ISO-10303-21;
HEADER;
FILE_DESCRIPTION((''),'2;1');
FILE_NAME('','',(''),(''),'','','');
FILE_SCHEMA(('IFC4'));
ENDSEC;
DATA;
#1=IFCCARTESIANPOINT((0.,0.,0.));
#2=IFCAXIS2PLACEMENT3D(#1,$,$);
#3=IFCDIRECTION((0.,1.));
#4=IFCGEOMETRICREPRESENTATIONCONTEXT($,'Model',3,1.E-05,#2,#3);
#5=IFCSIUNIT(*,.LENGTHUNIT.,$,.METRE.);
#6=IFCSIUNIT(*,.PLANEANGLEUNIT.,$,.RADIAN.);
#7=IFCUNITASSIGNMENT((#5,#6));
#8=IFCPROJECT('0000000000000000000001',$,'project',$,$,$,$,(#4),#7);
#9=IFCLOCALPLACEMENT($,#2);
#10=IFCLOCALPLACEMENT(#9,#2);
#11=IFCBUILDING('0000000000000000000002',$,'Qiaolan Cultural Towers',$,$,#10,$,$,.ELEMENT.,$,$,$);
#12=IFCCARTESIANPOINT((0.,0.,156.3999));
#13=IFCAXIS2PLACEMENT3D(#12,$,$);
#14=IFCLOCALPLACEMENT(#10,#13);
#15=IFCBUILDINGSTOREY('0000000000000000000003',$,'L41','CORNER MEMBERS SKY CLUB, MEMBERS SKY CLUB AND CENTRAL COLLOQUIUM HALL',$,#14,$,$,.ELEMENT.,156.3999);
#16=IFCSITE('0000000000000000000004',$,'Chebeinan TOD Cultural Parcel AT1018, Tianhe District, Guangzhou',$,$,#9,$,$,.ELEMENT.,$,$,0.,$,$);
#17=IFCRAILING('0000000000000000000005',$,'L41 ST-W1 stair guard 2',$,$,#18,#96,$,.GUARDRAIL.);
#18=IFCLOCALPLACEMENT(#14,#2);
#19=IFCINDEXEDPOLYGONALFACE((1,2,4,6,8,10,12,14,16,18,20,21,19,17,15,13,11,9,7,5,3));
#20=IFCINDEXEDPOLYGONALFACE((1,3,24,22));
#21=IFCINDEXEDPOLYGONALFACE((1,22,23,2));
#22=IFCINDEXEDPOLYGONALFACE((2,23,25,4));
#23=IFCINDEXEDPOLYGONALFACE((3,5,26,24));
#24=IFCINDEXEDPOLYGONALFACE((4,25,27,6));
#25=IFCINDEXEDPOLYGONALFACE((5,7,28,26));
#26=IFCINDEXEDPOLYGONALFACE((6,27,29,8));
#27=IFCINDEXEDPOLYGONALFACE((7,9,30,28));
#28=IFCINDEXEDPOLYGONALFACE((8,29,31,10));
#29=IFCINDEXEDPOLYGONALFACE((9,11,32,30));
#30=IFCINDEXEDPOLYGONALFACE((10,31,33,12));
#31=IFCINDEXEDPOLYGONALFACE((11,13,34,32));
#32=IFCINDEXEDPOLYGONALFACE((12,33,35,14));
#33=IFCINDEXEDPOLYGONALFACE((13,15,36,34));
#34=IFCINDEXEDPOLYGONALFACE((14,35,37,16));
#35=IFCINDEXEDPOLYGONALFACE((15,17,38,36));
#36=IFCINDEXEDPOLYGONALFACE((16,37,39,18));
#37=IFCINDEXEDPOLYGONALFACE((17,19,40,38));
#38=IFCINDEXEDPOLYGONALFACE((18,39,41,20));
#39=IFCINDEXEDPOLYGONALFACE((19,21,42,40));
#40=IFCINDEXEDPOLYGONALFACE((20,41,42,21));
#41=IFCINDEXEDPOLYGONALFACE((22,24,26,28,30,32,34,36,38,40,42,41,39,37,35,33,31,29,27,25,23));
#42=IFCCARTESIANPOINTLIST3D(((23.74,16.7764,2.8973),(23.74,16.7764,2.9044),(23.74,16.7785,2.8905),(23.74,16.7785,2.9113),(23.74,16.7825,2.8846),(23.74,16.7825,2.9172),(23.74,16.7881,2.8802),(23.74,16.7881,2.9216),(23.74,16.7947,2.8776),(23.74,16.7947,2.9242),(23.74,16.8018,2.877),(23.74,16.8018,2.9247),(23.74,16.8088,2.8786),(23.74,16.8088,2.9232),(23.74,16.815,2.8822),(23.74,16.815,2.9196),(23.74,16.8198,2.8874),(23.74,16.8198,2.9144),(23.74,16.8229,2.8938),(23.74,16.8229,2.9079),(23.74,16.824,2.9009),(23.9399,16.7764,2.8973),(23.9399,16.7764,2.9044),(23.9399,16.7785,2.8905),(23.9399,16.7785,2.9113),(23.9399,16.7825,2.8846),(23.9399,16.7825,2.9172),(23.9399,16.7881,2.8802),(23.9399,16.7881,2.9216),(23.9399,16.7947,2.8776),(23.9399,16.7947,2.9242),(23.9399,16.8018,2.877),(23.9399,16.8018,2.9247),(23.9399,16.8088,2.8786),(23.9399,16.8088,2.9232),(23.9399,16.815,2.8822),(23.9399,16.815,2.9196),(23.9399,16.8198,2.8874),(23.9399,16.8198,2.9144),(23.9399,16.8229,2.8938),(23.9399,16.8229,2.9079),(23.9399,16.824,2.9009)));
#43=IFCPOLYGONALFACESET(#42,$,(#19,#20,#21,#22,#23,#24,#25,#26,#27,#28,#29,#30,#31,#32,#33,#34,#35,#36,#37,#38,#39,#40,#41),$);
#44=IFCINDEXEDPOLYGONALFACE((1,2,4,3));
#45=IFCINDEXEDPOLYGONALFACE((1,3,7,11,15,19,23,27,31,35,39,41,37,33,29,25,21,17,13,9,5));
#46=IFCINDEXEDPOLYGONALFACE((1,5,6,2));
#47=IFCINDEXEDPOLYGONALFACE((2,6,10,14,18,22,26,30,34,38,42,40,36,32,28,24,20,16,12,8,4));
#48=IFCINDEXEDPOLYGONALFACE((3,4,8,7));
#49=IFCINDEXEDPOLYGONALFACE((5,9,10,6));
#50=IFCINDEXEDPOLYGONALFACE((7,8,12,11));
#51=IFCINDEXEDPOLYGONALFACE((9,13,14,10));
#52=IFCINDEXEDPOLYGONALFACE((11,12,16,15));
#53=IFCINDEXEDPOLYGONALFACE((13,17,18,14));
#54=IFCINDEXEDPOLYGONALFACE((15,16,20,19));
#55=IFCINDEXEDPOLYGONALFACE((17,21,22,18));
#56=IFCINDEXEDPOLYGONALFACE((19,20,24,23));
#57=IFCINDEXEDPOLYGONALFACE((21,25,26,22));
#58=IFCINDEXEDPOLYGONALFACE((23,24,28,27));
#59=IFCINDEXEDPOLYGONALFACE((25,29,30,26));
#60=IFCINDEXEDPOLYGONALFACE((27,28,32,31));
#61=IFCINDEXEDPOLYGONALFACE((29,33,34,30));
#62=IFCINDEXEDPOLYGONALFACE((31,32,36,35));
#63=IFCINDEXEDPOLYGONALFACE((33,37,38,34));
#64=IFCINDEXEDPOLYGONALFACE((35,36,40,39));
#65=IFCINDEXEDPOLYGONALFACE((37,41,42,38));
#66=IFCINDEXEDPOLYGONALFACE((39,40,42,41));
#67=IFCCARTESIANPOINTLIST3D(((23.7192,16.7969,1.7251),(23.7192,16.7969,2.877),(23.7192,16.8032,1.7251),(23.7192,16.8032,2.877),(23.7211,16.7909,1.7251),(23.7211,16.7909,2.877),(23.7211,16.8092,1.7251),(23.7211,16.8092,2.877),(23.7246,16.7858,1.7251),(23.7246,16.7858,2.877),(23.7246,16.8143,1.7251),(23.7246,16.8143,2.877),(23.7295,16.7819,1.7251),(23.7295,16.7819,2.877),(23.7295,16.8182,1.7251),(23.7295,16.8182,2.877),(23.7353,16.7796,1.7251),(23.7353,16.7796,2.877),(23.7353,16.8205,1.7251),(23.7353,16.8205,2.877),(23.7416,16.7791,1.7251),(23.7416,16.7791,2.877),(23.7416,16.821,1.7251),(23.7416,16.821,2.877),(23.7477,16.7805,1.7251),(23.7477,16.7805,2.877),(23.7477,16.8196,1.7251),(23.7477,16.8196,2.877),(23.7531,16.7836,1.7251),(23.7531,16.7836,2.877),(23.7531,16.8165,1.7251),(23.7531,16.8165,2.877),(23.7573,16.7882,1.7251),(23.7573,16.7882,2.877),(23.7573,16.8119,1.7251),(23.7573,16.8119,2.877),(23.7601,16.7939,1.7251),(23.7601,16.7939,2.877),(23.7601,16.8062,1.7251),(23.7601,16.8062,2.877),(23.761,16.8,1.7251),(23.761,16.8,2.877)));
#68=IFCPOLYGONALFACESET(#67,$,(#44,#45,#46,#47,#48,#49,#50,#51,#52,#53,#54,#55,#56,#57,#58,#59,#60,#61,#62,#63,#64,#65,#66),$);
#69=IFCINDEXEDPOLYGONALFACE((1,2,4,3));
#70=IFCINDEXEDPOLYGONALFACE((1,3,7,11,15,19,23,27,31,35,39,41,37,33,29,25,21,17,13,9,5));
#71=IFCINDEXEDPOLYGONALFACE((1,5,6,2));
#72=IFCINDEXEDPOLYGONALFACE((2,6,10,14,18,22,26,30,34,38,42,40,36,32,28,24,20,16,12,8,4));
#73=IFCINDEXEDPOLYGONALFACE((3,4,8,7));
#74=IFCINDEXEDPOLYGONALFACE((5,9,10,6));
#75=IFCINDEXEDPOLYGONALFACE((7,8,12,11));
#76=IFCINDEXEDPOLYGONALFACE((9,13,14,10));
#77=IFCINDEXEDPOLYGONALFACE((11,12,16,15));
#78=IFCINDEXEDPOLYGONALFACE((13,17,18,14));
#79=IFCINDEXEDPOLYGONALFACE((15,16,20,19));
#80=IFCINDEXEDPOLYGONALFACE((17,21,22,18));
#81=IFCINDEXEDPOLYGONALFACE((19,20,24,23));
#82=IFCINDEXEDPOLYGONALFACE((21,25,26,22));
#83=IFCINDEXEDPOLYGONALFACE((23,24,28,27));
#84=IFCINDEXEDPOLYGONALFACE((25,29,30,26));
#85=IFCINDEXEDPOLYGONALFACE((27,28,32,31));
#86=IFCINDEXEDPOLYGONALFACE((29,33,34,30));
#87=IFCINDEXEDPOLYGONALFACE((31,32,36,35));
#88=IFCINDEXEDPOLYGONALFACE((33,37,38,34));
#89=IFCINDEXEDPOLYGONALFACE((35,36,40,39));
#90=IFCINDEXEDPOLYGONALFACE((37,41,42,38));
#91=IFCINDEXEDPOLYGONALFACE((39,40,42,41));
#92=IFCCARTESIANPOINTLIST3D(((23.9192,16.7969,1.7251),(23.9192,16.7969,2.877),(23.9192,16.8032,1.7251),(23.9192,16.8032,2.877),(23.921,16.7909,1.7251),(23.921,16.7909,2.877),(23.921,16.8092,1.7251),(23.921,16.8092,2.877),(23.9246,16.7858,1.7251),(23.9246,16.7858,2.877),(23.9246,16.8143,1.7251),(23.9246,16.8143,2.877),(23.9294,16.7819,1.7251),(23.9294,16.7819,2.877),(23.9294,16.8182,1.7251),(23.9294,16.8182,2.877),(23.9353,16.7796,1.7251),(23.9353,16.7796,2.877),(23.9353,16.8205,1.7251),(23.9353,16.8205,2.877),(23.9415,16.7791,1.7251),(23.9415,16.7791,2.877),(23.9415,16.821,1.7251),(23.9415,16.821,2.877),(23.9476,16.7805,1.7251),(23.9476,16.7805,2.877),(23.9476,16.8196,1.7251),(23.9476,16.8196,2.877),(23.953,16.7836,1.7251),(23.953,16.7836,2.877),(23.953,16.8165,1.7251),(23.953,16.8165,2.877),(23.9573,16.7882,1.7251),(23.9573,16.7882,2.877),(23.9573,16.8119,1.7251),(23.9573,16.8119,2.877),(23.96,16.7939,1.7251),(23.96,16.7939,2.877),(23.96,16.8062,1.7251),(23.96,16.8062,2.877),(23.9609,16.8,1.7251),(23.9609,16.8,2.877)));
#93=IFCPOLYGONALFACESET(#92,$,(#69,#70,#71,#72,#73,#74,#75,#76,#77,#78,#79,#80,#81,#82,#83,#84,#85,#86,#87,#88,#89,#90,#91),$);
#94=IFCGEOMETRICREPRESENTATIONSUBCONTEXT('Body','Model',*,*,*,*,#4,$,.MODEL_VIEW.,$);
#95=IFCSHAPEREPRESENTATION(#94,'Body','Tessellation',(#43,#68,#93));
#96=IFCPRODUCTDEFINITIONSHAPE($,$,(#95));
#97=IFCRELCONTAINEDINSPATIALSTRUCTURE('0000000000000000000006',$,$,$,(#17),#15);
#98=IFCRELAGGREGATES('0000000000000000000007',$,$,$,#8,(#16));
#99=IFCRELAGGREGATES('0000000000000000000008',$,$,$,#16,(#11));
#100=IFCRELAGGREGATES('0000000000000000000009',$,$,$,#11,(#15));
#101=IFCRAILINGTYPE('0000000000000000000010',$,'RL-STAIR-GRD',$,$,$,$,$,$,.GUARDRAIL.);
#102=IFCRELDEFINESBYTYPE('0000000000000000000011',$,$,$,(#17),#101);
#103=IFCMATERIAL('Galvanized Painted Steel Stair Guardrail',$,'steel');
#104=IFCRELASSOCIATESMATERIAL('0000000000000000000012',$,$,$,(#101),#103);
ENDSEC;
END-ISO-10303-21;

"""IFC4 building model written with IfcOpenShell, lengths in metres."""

from ifc_helpers import new_model, si_unit, direction, frame, origin, origin_2d, place, context, subcontext, project, spatial, circle, extrude, material, type_object, element, save


model = new_model("IFC4")

# Units and contexts
model_context = context("Model", 3, precision=1e-05, world=origin(), true_north=direction((0.0, 1.0)))
body_context = subcontext(model_context, "Body", "Model", "MODEL_VIEW")
ifc_project = project(units=[si_unit("LENGTHUNIT", "METRE"), si_unit("PLANEANGLEUNIT", "RADIAN")], contexts=[model_context])

# Site, building, storey
site_placement = place(None, origin())
site = spatial("IfcSite", under=ifc_project, at=site_placement, Name="Chebeinan TOD Cultural Parcel AT1018, Tianhe District, Guangzhou", CompositionType="ELEMENT", RefElevation=0.0)
building_placement = place(site_placement, origin())
building = spatial("IfcBuilding", under=site, at=building_placement, Name="Qiaolan Cultural Towers", CompositionType="ELEMENT")
storey_placement = place(building_placement, frame((0.0, 0.0, 156.3999)))
storey = spatial("IfcBuildingStorey", under=building, at=storey_placement, Name="L41", Description="CORNER MEMBERS SKY CLUB, MEMBERS SKY CLUB AND CENTRAL COLLOQUIUM HALL", CompositionType="ELEMENT", Elevation=156.3999)

# Railing
ifc_material_1 = material(Name="Galvanized Painted Steel Stair Guardrail", Category="steel")
railing_type_1 = type_object("IfcRailingType", Name="RL-STAIR-GRD", PredefinedType="GUARDRAIL", material=ifc_material_1)
railing_1_placement = place(storey_placement, frame((23.74, 16.8, 1.7251)))
element("IfcRailing", 1, at=railing_1_placement, inside=storey, type_object=railing_type_1, Name="L41 ST-W1 stair guard 2", PredefinedType="GUARDRAIL", context=body_context, shape_type="SweptSolid", body=[
    extrude(circle(Radius=0.0239, at=origin_2d()), frame((0.0, 0.0, 1.1758), z_axis=(1.0, 0.0, 0.0), x_axis=(0.0, 1.0, 0.0)), (0.0, 0.0, 1.0), 0.2),
    extrude(circle(Radius=0.021, at=origin_2d()), origin(), (0.0, 0.0, 1.0), 1.1519),
    extrude(circle(Radius=0.021, at=origin_2d()), frame((0.2, 0.0, 0.0)), (0.0, 0.0, 1.0), 1.1519),
])

save(model, "model.ifc")
